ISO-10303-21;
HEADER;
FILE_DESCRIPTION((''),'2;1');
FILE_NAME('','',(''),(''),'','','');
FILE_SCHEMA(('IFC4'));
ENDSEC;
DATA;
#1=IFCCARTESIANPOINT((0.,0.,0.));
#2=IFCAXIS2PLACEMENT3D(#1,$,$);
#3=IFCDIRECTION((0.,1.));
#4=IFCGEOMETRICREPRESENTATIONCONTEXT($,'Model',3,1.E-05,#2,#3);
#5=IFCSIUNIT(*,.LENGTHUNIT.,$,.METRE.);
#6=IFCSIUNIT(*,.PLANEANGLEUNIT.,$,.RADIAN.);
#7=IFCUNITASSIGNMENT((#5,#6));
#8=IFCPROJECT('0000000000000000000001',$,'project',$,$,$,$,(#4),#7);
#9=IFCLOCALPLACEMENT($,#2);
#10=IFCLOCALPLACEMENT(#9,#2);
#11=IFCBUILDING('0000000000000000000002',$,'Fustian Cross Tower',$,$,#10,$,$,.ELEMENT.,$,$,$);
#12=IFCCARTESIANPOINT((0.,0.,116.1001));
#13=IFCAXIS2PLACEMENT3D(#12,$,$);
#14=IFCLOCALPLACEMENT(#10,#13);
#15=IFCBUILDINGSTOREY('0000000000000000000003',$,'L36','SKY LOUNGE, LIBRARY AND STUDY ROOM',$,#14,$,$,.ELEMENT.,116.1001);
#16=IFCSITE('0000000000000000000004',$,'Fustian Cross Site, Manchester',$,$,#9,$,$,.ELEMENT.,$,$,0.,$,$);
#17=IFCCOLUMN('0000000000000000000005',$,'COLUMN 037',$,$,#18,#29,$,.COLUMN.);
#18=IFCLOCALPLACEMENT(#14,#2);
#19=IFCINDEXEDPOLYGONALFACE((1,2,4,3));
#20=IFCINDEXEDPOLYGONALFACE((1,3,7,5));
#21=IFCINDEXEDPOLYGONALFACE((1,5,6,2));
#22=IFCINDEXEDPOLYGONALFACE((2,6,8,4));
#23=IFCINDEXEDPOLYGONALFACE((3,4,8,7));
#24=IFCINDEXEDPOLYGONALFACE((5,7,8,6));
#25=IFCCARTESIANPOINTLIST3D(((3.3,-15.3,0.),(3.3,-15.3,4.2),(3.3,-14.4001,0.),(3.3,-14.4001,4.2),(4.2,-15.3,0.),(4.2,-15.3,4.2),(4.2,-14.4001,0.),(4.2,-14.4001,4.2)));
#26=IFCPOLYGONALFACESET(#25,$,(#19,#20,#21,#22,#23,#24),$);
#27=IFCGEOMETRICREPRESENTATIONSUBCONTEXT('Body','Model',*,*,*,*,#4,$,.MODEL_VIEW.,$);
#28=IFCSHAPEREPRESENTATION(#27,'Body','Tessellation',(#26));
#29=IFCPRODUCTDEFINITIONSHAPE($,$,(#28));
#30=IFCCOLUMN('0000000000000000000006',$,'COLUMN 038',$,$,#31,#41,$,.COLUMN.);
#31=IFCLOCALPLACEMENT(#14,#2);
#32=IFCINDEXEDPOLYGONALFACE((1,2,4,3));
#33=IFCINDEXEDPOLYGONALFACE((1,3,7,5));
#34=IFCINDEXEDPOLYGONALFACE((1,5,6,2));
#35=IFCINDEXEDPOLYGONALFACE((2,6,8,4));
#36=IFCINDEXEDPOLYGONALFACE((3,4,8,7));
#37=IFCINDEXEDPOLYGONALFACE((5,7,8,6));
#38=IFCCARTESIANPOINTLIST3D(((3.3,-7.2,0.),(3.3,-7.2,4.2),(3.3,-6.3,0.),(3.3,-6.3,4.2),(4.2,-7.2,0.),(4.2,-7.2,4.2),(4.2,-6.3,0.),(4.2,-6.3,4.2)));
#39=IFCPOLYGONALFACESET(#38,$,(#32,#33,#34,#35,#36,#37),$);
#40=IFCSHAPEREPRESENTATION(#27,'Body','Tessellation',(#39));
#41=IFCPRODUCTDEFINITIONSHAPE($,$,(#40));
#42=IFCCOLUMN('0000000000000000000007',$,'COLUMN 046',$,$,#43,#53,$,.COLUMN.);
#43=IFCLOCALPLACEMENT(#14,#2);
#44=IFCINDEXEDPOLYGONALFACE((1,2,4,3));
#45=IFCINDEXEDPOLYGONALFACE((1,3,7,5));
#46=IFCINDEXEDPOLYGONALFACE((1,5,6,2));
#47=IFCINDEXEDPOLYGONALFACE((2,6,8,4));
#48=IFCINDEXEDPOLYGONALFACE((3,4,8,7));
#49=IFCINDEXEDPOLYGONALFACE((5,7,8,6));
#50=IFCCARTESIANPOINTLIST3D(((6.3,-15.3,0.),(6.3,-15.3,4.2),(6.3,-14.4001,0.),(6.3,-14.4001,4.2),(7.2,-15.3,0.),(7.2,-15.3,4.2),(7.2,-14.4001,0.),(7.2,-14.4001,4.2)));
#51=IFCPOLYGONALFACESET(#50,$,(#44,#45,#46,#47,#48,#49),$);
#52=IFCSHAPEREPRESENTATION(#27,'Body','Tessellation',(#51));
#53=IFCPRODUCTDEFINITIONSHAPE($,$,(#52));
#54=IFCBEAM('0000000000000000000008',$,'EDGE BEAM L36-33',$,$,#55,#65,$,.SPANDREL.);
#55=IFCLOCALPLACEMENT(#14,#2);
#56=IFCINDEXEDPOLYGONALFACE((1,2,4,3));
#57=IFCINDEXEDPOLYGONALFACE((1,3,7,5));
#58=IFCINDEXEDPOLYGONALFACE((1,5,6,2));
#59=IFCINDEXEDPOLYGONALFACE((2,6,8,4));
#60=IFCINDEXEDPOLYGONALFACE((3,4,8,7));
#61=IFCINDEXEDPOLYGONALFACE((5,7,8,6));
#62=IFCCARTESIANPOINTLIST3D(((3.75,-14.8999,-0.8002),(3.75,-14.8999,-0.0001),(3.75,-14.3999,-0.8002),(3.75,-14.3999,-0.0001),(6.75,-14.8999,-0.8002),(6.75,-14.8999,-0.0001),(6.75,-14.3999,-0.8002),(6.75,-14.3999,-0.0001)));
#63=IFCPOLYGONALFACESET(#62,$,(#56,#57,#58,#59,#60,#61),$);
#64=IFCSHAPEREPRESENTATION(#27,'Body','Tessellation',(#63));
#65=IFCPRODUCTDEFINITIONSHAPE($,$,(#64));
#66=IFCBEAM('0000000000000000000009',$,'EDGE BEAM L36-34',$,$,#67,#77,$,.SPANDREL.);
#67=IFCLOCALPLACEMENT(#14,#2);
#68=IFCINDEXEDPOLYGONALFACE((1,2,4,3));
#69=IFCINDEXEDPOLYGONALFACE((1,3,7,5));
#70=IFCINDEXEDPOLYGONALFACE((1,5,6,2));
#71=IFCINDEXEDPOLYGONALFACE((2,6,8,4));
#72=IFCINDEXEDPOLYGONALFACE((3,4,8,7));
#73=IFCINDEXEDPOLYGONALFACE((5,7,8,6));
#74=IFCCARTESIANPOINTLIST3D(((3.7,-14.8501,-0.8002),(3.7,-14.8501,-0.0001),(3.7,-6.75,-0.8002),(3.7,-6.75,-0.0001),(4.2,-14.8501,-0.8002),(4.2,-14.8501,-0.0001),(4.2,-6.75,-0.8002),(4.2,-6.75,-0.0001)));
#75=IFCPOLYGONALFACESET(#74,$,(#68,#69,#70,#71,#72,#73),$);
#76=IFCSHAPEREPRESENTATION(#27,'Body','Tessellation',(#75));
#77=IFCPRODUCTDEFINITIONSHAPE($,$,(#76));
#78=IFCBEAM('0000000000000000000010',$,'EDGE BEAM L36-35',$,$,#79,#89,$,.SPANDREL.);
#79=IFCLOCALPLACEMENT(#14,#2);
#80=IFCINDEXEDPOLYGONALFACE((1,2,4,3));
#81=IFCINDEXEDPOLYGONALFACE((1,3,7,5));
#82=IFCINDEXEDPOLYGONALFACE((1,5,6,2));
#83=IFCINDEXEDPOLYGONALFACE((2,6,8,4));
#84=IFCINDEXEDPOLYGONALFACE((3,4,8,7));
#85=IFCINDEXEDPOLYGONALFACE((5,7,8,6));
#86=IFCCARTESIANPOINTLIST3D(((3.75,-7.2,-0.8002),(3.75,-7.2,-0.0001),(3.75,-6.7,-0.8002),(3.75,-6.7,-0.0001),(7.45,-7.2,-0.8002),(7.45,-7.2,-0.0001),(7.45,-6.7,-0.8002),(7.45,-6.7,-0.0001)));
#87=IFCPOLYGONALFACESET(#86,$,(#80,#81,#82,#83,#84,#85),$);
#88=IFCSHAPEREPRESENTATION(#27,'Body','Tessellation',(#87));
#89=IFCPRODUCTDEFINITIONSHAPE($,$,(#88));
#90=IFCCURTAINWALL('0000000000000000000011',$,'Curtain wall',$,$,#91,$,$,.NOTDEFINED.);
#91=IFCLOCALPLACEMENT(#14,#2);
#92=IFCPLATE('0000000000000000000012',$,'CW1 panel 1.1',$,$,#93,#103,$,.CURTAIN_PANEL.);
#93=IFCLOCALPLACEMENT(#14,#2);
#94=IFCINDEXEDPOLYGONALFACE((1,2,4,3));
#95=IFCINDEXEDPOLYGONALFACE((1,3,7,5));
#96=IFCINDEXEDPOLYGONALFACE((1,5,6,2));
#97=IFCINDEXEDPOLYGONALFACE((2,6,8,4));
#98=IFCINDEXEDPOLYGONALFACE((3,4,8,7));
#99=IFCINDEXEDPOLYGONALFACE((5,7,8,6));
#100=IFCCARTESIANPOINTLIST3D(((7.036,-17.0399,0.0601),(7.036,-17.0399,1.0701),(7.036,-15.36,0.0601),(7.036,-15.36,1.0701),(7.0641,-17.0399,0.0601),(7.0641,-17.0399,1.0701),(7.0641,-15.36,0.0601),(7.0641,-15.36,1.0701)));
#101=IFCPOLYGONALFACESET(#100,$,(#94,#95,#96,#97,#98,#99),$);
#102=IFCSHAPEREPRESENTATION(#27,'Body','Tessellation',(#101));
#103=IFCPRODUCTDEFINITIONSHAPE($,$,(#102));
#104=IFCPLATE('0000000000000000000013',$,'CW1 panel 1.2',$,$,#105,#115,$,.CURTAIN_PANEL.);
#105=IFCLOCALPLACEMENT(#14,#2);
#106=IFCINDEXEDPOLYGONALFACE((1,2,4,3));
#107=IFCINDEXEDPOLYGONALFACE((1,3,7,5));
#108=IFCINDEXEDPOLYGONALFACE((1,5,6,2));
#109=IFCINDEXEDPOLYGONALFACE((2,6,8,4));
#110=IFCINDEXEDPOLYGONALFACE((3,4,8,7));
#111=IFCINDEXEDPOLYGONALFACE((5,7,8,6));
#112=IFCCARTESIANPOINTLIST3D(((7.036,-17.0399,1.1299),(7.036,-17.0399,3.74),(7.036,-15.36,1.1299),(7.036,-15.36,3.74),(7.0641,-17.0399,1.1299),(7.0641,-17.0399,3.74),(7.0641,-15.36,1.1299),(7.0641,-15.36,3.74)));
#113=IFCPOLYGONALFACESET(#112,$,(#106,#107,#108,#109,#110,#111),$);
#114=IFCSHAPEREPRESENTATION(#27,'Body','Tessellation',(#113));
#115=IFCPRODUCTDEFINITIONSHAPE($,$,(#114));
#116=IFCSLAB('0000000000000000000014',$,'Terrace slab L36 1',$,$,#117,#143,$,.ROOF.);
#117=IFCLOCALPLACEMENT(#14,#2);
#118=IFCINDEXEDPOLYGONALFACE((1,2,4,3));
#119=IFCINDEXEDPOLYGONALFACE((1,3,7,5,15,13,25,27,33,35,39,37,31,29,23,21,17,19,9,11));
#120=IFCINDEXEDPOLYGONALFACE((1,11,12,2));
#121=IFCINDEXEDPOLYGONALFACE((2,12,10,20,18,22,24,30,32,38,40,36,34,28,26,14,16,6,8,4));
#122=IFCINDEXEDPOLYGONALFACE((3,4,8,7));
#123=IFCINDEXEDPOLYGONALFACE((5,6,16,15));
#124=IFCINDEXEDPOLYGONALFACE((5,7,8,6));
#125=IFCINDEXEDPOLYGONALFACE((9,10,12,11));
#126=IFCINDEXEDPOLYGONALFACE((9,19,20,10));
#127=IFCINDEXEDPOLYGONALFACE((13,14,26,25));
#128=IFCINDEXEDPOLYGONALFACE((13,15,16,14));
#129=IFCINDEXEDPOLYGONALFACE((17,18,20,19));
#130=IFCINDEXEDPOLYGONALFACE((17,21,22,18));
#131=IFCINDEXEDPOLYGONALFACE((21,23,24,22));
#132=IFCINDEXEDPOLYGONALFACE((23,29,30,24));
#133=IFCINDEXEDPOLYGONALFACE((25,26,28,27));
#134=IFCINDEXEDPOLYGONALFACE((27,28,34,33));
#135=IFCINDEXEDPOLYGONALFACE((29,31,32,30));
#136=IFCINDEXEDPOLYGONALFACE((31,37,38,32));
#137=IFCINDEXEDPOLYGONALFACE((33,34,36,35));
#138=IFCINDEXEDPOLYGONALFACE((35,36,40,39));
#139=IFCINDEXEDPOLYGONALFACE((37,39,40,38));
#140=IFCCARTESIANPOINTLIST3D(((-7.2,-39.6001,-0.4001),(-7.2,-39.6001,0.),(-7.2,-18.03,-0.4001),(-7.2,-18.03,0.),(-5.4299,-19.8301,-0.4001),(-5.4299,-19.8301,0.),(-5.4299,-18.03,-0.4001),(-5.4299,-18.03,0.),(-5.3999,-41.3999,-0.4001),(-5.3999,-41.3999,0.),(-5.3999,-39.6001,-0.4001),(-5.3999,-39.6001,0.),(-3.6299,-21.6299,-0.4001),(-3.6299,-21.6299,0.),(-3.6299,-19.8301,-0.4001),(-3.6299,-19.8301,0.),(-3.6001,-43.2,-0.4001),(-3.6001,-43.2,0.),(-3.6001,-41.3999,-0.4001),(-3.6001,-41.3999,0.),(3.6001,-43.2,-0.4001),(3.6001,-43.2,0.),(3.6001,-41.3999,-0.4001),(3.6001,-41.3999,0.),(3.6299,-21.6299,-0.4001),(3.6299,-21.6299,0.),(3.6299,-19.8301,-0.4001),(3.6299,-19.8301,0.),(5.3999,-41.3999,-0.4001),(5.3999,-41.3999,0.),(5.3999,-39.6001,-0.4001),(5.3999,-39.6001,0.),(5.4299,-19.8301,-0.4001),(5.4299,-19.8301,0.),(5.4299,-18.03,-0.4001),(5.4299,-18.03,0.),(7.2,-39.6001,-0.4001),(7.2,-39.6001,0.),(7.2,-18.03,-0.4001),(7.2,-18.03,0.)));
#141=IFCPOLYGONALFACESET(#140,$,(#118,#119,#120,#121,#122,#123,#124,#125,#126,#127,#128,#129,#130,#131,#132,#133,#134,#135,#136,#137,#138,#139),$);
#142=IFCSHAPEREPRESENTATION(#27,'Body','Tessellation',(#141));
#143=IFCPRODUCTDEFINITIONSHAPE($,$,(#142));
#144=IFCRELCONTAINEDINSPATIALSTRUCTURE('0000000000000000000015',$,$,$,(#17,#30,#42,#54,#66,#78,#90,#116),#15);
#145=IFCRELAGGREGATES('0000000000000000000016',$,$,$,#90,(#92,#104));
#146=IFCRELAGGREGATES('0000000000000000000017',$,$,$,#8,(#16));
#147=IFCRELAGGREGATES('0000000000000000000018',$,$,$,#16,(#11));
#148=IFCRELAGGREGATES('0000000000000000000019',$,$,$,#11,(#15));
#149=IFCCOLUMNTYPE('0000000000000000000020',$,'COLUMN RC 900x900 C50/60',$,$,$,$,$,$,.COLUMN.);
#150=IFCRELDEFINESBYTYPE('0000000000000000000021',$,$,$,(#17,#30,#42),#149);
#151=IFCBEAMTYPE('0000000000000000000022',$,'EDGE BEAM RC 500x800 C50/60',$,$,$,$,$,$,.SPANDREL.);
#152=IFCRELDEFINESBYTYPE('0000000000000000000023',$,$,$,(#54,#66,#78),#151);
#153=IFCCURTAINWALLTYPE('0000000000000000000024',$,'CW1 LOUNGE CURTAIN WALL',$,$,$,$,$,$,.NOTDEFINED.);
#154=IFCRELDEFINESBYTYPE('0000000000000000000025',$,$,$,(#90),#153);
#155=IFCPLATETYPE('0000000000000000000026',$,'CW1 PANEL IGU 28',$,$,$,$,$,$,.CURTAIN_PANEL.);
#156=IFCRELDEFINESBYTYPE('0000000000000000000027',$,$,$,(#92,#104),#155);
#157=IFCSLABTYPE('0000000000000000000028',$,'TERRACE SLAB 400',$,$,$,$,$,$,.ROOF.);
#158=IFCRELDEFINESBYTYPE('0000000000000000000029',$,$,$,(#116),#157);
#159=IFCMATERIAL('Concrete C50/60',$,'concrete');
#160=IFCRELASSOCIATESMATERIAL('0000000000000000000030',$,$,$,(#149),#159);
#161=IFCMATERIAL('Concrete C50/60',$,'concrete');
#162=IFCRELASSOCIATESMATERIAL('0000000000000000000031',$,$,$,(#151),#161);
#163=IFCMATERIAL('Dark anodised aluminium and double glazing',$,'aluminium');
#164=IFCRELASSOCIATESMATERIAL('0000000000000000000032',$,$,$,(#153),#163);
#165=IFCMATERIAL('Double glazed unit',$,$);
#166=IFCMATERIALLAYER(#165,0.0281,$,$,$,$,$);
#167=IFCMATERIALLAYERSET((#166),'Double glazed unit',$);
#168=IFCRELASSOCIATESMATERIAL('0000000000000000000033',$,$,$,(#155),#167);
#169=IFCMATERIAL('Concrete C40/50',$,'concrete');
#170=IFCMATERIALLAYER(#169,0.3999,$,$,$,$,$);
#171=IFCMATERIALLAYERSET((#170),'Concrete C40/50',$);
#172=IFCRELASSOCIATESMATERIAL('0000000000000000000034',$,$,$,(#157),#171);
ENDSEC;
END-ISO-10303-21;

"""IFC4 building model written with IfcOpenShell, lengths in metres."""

from ifc_helpers import new_model, si_unit, direction, frame, origin, origin_2d, place, context, subcontext, project, spatial, polyline, rectangle, outline, extrude, material, layer, layer_set, material_profile, profile_set, type_object, element, aggregate, save


model = new_model("IFC4")

# Units and contexts
model_context = context("Model", 3, precision=1e-05, world=origin(), true_north=direction((0.0, 1.0)))
body_context = subcontext(model_context, "Body", "Model", "MODEL_VIEW")
ifc_project = project(units=[si_unit("LENGTHUNIT", "METRE"), si_unit("PLANEANGLEUNIT", "RADIAN")], contexts=[model_context])

# Site, building, storey
site_placement = place(None, origin())
site = spatial("IfcSite", under=ifc_project, at=site_placement, Name="Fustian Cross Site, Manchester", CompositionType="ELEMENT", RefElevation=0.0)
building_placement = place(site_placement, origin())
building = spatial("IfcBuilding", under=site, at=building_placement, Name="Fustian Cross Tower", CompositionType="ELEMENT")
storey_placement = place(building_placement, frame((0.0, 0.0, 116.1001)))
storey = spatial("IfcBuildingStorey", under=building, at=storey_placement, Name="L36", Description="SKY LOUNGE, LIBRARY AND STUDY ROOM", CompositionType="ELEMENT", Elevation=116.1001)

# Columns
ifc_material_1 = material(Name="Concrete C50/60", Category="concrete")
ifc_material_profile_1 = material_profile(ifc_material_1, rectangle(XDim=0.8999, YDim=0.8999, at=origin_2d()), Name="RC 900x900")
ifc_profile_set_1 = profile_set([ifc_material_profile_1], Name="Concrete C50/60")
column_type = type_object("IfcColumnType", Name="COLUMN RC 900x900 C50/60", PredefinedType="COLUMN", material=ifc_profile_set_1)
for number, where, z_axis, x_axis, name in (
    (1, (3.75, -14.8501, 0.0), (0.0, 0.0, 1.0), (1.0, 0.0, 0.0), "COLUMN 037"),
    (2, (3.75, -6.75, 0.0), (0.0, 0.0, 1.0), (1.0, 0.0, 0.0), "COLUMN 038"),
    (3, (6.75, -14.8501, 0.0), (0.0, 0.0, 1.0), (1.0, 0.0, 0.0), "COLUMN 046"),
):
    element("IfcColumn", number, at=place(storey_placement, frame(where, z_axis=z_axis, x_axis=x_axis)), inside=storey, type_object=column_type, Name=name, PredefinedType="COLUMN", context=body_context, shape_type="SweptSolid", body=[
        extrude(rectangle(XDim=0.8999, YDim=0.8999, at=origin_2d()), origin(), (0.0, 0.0, 1.0), 4.2),
    ])

# Beams
ifc_material_2 = material(Name="Concrete C50/60", Category="concrete")
ifc_material_profile_2 = material_profile(ifc_material_2, rectangle(XDim=0.5, YDim=0.8, at=origin_2d()), Name="RC 500x800")
ifc_profile_set_2 = profile_set([ifc_material_profile_2], Name="Concrete C50/60")
beam_type = type_object("IfcBeamType", Name="EDGE BEAM RC 500x800 C50/60", PredefinedType="SPANDREL", material=ifc_profile_set_2)
beam_1_placement = place(storey_placement, frame((6.75, -14.6499, -0.4001), z_axis=(-1.0, 0.0, 0.0), x_axis=(0.0, -1.0, 0.0)))
element("IfcBeam", 4, at=beam_1_placement, inside=storey, type_object=beam_type, Name="EDGE BEAM L36-33", PredefinedType="SPANDREL", context=body_context, shape_type="SweptSolid", body=[
    extrude(rectangle(XDim=0.5, YDim=0.8, at=origin_2d()), origin(), (0.0, 0.0, 1.0), 3.0),
])
beam_2_placement = place(storey_placement, frame((3.95, -14.8501, -0.4001), z_axis=(0.0, 1.0, 0.0), x_axis=(-1.0, 0.0, 0.0)))
element("IfcBeam", 5, at=beam_2_placement, inside=storey, type_object=beam_type, Name="EDGE BEAM L36-34", PredefinedType="SPANDREL", context=body_context, shape_type="SweptSolid", body=[
    extrude(rectangle(XDim=0.5, YDim=0.8, at=origin_2d()), origin(), (0.0, 0.0, 1.0), 8.1001),
])
beam_3_placement = place(storey_placement, frame((3.75, -6.95, -0.4001), z_axis=(1.0, 0.0, 0.0), x_axis=(0.0, 1.0, 0.0)))
element("IfcBeam", 6, at=beam_3_placement, inside=storey, type_object=beam_type, Name="EDGE BEAM L36-35", PredefinedType="SPANDREL", context=body_context, shape_type="SweptSolid", body=[
    extrude(rectangle(XDim=0.5, YDim=0.8, at=origin_2d()), origin(), (0.0, 0.0, 1.0), 3.7),
])

# Curtain wall, plates
ifc_material_3 = material(Name="Dark anodised aluminium and double glazing", Category="aluminium")
curtain_wall_type = type_object("IfcCurtainWallType", Name="CW1 LOUNGE CURTAIN WALL", PredefinedType="NOTDEFINED", material=ifc_material_3)
curtain_wall_placement = place(storey_placement, origin())
curtain_wall = element("IfcCurtainWall", 7, at=curtain_wall_placement, inside=storey, type_object=curtain_wall_type, Name="Curtain wall", PredefinedType="NOTDEFINED")
ifc_material_4 = material(Name="Double glazed unit")
ifc_layer_1 = layer(ifc_material_4, 0.0281)
ifc_layer_set_1 = layer_set([ifc_layer_1], Name="Double glazed unit")
plate_type = type_object("IfcPlateType", Name="CW1 PANEL IGU 28", PredefinedType="CURTAIN_PANEL", material=ifc_layer_set_1)
plate_1_placement = place(storey_placement, frame((7.05, -16.2, 0.0601), z_axis=(0.0, 0.0, 1.0), x_axis=(0.0, 1.0, 0.0)))
plate_1 = element("IfcPlate", 8, at=plate_1_placement, type_object=plate_type, Name="CW1 panel 1.1", PredefinedType="CURTAIN_PANEL", context=body_context, shape_type="SweptSolid", body=[
    extrude(rectangle(XDim=1.6799, YDim=0.0281, at=origin_2d()), origin(), (0.0, 0.0, 1.0), 1.01),
])
plate_2_placement = place(storey_placement, frame((7.05, -16.2, 1.1299), z_axis=(0.0, 0.0, 1.0), x_axis=(0.0, 1.0, 0.0)))
plate_2 = element("IfcPlate", 9, at=plate_2_placement, type_object=plate_type, Name="CW1 panel 1.2", PredefinedType="CURTAIN_PANEL", context=body_context, shape_type="SweptSolid", body=[
    extrude(rectangle(XDim=1.6799, YDim=0.0281, at=origin_2d()), origin(), (0.0, 0.0, 1.0), 2.6101),
])
aggregate(curtain_wall, [plate_1, plate_2])

# Slab
ifc_material_5 = material(Name="Concrete C40/50", Category="concrete")
ifc_layer_2 = layer(ifc_material_5, 0.3999)
ifc_layer_set_2 = layer_set([ifc_layer_2], Name="Concrete C40/50")
slab_type = type_object("IfcSlabType", Name="TERRACE SLAB 400", PredefinedType="ROOF", material=ifc_layer_set_2)
slab_placement = place(storey_placement, frame((0.0, 0.0, -0.4001)))
element("IfcSlab", 10, at=slab_placement, inside=storey, type_object=slab_type, Name="Terrace slab L36 1", PredefinedType="ROOF", context=body_context, shape_type="SweptSolid", body=[
    extrude(outline(polyline([(5.3999, -39.6001), (7.2, -39.6001), (7.2, -18.03), (5.4299, -18.03), (5.4299, -19.8301), (3.6299, -19.8301), (3.6299, -21.6299), (-3.6299, -21.6299), (-3.6299, -19.8301), (-5.4299, -19.8301), (-5.4299, -18.03), (-7.2, -18.03), (-7.2, -39.6001), (-5.3999, -39.6001), (-5.3999, -41.3999), (-3.6001, -41.3999), (-3.6001, -43.2), (3.6001, -43.2), (3.6001, -41.3999), (5.3999, -41.3999), (5.3999, -39.6001)])), origin(), (0.0, 0.0, 1.0), 0.4001),
])

save(model, "model.ifc")
